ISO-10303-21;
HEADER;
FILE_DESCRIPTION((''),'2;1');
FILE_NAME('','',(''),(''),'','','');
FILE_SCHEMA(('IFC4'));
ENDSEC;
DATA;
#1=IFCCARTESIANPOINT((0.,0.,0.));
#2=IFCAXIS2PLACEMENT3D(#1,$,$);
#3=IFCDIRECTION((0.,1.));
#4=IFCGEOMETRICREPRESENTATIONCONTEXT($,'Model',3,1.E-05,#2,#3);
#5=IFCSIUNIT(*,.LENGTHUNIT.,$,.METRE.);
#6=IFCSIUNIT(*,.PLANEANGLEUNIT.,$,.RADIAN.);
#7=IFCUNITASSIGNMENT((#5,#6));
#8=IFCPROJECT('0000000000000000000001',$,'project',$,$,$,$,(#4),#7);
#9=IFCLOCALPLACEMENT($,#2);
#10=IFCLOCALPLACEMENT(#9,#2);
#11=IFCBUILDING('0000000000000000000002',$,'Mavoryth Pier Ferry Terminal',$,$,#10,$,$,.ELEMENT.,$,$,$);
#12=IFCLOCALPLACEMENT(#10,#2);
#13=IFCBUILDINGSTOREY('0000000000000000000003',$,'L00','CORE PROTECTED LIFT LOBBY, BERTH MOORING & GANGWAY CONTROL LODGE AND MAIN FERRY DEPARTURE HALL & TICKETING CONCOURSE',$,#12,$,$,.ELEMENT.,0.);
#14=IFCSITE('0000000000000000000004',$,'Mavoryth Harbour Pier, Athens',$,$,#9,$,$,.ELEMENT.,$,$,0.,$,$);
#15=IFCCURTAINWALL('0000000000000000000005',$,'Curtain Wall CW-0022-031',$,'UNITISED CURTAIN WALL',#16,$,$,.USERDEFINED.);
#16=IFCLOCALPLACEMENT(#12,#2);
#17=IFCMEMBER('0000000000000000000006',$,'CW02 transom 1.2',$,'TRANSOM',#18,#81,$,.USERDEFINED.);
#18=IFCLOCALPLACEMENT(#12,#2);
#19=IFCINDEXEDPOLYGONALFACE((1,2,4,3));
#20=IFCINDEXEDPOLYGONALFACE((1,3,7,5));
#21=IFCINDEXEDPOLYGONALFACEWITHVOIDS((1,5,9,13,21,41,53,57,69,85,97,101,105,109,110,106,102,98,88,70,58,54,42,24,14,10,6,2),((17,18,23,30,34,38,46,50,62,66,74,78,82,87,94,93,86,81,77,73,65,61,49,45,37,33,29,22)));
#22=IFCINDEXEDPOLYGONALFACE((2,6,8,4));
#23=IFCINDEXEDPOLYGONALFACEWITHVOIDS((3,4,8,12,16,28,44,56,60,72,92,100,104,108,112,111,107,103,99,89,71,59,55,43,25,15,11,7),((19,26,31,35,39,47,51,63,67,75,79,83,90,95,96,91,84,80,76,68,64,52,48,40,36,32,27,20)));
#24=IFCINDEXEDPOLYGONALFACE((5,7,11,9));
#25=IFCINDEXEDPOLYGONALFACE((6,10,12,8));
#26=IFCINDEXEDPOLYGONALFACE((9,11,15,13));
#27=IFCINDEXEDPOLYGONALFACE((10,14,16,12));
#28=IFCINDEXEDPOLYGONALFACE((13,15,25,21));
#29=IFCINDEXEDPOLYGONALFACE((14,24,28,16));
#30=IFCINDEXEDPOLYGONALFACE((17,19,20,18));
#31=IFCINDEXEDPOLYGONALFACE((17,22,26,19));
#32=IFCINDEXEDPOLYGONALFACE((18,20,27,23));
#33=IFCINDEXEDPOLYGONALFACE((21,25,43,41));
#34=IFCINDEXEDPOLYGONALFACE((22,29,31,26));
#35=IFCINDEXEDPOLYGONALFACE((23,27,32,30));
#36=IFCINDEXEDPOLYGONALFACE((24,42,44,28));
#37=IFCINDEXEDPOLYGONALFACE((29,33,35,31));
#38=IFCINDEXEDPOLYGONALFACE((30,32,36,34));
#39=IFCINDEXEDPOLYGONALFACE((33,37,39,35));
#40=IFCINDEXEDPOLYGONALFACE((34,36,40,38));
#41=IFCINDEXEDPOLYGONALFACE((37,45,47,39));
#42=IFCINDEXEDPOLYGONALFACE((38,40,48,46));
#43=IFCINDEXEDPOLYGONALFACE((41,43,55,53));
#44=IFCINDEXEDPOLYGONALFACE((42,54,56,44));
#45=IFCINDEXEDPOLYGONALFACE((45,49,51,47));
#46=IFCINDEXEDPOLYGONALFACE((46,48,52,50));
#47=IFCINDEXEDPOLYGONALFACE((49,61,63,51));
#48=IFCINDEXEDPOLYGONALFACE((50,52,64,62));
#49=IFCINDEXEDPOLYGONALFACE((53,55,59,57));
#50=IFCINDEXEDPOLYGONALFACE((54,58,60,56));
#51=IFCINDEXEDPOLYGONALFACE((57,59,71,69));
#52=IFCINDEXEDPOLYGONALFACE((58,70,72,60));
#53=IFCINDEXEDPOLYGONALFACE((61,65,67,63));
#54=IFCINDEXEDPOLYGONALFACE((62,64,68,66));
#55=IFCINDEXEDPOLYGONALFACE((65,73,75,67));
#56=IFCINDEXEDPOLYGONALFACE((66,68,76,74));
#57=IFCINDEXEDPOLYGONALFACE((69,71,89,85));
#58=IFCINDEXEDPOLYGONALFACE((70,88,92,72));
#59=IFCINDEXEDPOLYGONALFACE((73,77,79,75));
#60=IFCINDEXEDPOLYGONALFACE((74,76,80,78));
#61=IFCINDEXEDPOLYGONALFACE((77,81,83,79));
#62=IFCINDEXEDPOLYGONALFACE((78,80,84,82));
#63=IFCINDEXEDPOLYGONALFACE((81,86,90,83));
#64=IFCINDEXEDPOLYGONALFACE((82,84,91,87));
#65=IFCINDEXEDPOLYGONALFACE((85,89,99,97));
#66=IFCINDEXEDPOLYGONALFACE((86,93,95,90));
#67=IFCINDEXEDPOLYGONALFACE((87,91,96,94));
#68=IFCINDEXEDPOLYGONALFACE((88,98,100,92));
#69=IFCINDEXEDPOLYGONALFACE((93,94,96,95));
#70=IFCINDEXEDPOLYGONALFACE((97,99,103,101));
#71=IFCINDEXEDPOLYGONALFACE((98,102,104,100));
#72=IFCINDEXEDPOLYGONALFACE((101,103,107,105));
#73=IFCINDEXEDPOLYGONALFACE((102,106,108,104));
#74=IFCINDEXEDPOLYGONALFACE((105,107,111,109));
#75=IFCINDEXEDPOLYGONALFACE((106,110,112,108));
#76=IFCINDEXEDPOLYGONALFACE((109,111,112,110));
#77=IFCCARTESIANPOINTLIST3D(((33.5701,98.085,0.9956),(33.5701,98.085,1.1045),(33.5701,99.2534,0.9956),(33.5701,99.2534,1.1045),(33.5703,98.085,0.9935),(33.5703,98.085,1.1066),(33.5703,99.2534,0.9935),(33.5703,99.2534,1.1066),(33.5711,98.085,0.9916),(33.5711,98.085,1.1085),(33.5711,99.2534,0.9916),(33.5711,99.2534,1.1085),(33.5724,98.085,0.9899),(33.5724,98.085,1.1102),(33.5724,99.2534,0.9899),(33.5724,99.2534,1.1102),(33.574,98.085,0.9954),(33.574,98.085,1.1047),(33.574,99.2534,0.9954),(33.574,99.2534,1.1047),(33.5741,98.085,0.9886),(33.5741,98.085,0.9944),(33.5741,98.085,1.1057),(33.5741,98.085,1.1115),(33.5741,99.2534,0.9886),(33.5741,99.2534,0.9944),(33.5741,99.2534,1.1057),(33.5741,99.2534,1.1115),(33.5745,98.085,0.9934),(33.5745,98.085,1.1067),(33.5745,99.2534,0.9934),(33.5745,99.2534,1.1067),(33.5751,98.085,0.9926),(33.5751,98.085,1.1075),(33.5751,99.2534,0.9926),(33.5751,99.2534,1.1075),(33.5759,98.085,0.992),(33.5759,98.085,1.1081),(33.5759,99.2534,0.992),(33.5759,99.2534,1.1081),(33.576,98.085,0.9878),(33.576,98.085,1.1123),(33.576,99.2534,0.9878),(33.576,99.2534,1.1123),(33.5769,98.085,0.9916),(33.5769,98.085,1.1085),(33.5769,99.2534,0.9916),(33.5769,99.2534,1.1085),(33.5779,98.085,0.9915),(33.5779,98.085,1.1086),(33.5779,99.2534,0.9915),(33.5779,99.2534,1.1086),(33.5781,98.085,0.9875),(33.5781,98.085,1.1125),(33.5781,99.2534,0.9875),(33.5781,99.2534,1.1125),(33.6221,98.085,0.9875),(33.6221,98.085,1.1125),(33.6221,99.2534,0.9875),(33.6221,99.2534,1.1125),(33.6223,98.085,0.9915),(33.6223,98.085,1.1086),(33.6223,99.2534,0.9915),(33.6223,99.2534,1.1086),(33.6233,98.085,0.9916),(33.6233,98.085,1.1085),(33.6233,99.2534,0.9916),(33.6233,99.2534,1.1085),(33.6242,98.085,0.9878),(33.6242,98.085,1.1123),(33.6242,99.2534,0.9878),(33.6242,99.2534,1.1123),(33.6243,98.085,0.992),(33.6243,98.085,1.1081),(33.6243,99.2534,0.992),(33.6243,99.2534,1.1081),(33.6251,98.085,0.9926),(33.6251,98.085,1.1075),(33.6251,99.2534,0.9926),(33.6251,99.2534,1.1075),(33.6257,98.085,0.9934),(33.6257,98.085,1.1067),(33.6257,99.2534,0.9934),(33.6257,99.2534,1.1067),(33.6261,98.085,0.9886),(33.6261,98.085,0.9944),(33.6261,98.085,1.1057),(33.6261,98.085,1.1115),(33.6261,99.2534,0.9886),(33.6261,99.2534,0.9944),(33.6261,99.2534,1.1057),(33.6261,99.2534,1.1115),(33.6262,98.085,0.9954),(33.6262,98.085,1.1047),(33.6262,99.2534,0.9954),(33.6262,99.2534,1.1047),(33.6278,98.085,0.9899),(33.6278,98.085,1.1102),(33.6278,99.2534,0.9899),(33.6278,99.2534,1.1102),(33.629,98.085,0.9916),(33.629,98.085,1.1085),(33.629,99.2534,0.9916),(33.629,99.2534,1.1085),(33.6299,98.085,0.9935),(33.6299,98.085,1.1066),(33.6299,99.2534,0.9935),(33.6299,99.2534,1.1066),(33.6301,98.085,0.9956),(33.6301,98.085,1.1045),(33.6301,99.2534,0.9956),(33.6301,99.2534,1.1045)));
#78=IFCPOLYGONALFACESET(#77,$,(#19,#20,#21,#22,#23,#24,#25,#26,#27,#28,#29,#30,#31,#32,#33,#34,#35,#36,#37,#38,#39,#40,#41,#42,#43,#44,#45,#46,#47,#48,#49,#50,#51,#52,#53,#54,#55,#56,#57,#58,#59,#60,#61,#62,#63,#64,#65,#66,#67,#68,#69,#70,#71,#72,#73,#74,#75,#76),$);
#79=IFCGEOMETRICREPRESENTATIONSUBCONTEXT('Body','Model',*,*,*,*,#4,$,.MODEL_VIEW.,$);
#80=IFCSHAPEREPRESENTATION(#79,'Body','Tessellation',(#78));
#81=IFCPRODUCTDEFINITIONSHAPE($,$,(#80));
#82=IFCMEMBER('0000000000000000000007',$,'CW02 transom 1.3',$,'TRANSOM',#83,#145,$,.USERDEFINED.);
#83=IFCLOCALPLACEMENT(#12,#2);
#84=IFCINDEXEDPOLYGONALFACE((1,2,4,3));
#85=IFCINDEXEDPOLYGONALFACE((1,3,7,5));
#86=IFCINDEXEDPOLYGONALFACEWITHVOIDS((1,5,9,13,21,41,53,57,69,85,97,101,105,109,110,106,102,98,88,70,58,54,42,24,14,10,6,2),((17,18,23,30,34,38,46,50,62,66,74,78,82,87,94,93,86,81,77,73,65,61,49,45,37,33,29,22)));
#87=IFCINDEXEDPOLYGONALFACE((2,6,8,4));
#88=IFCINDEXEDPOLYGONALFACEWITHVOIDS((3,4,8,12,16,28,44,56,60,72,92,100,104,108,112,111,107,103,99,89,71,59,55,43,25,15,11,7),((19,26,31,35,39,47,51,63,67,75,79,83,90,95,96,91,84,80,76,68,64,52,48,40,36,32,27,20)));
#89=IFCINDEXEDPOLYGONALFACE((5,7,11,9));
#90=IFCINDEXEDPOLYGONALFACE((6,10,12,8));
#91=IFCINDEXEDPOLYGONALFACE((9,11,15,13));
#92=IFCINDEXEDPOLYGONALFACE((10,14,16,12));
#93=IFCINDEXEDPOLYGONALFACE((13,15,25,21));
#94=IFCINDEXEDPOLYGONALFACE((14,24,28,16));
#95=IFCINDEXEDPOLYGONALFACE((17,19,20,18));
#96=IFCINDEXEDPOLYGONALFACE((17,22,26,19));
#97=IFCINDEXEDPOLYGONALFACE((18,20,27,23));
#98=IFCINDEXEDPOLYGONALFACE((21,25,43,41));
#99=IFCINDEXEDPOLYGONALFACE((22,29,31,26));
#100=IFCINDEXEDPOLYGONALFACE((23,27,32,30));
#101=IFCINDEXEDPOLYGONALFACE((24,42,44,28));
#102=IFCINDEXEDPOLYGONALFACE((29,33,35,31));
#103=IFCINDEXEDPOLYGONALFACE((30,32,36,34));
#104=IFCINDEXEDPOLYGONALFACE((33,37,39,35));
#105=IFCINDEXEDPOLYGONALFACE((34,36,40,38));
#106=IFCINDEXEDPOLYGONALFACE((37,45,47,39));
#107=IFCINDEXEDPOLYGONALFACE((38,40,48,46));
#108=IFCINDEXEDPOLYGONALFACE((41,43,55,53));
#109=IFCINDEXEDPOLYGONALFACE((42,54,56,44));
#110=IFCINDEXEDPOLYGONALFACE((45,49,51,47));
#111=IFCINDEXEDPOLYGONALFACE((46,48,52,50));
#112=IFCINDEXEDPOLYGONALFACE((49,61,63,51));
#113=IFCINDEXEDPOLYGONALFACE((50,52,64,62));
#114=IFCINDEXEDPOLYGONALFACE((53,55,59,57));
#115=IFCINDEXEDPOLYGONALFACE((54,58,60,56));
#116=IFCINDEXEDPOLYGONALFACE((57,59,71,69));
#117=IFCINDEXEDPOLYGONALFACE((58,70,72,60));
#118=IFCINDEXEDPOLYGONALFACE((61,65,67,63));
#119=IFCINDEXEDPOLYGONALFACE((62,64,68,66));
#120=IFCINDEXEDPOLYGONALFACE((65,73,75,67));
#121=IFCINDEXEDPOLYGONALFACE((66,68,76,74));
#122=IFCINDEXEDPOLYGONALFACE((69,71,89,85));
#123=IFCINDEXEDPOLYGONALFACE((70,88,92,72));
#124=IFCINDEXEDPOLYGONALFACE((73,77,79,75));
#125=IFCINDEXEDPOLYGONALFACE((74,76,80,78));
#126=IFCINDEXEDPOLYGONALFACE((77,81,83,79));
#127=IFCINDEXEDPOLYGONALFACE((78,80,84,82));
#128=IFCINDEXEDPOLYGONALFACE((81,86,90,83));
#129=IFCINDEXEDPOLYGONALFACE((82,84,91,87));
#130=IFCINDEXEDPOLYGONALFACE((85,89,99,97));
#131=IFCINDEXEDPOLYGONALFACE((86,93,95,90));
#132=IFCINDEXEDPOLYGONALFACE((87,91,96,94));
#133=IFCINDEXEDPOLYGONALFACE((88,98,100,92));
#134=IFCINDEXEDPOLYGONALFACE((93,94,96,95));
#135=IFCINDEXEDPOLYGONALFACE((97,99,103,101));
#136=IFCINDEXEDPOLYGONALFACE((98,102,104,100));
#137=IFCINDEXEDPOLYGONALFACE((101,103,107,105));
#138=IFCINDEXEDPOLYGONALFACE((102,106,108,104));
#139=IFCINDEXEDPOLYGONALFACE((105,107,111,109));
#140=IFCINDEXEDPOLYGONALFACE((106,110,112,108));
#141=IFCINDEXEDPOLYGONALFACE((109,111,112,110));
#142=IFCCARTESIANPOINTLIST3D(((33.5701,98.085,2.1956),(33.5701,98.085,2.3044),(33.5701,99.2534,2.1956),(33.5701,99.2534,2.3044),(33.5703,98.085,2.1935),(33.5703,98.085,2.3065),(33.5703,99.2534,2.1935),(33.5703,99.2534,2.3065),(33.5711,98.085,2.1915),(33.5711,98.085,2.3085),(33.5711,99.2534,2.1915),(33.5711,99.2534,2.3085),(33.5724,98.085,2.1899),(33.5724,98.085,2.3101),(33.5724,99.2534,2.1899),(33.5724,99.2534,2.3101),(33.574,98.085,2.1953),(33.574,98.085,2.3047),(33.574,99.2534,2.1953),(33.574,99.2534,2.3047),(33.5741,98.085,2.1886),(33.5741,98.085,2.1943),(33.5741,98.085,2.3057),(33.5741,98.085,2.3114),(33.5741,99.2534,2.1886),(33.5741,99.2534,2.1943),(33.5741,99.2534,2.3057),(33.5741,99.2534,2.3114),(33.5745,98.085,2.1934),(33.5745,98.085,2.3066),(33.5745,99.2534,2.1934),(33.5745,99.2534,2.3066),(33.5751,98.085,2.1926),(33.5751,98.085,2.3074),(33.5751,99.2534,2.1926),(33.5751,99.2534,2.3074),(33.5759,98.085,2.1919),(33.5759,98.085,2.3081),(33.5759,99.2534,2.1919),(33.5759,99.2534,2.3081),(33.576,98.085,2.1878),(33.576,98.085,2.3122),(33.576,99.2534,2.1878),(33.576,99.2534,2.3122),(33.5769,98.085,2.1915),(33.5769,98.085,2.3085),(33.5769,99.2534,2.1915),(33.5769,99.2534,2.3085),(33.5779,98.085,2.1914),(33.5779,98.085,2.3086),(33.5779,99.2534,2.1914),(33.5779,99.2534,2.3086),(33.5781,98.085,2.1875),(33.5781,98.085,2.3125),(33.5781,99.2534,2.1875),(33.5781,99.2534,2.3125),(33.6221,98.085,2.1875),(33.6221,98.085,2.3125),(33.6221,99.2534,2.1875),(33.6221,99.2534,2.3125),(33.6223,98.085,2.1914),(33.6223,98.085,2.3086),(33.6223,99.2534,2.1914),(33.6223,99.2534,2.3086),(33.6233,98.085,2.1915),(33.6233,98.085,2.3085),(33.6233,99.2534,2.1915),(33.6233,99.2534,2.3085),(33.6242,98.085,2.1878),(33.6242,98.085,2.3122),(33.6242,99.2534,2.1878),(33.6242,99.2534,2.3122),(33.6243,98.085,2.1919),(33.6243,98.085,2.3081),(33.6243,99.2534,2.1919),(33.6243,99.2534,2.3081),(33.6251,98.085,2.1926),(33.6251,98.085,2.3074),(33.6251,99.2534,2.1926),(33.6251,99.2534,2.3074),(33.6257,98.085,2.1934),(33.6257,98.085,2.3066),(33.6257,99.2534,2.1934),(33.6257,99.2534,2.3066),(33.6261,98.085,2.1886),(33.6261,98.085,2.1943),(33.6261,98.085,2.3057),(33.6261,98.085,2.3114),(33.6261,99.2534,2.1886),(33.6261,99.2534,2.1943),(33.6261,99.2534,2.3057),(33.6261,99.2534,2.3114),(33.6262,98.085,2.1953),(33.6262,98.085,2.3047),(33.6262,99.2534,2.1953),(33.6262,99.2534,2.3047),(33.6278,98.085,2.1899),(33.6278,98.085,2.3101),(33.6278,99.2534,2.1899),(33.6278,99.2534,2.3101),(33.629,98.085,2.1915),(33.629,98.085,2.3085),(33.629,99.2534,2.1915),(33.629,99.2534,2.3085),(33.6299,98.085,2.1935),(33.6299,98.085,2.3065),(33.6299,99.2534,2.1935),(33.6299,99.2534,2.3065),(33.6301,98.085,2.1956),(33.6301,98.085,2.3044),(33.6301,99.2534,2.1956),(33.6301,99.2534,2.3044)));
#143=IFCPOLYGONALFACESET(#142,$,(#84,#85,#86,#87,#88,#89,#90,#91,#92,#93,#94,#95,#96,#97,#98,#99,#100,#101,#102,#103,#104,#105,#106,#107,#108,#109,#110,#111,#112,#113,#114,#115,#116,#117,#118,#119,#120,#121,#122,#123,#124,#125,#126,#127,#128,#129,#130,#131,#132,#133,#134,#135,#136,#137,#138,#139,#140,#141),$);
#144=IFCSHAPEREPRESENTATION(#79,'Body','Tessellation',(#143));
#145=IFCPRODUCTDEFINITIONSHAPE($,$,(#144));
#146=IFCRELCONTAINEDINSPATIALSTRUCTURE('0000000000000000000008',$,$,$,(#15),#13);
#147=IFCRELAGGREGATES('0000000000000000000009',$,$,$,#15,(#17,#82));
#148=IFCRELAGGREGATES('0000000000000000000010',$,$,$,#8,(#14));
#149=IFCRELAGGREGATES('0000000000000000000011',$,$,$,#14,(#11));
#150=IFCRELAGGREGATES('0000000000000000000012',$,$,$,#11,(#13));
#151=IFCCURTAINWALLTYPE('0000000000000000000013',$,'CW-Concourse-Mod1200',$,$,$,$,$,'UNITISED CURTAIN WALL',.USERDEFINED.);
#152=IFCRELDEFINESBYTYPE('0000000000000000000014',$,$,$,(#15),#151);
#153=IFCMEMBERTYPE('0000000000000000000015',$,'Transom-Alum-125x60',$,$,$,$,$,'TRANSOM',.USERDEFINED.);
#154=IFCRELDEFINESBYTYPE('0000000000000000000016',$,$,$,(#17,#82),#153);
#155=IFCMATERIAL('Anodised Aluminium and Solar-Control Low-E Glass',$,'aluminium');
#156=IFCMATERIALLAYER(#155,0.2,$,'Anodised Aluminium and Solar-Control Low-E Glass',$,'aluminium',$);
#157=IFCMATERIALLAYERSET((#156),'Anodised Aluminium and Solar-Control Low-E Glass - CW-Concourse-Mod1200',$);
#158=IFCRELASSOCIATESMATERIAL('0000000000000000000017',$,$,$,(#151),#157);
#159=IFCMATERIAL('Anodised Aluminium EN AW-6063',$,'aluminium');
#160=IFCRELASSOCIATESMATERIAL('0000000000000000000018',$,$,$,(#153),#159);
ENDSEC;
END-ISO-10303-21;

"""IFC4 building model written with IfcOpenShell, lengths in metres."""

from ifc_helpers import new_model, si_unit, direction, frame, origin, origin_2d, place, context, subcontext, project, spatial, hollow_rectangle, extrude, material, layer, layer_set, material_profile, profile_set, type_object, element, aggregate, save


model = new_model("IFC4")

# Units and contexts
model_context = context("Model", 3, precision=1e-05, world=origin(), true_north=direction((0.0, 1.0)))
body_context = subcontext(model_context, "Body", "Model", "MODEL_VIEW")
ifc_project = project(units=[si_unit("LENGTHUNIT", "METRE"), si_unit("PLANEANGLEUNIT", "RADIAN")], contexts=[model_context])

# Site, building, storey
site_placement = place(None, origin())
site = spatial("IfcSite", under=ifc_project, at=site_placement, Name="Mavoryth Harbour Pier, Athens", CompositionType="ELEMENT", RefElevation=0.0)
building_placement = place(site_placement, origin())
building = spatial("IfcBuilding", under=site, at=building_placement, Name="Mavoryth Pier Ferry Terminal", CompositionType="ELEMENT")
storey_placement = place(building_placement, origin())
storey = spatial("IfcBuildingStorey", under=building, at=storey_placement, Name="L00", Description="CORE PROTECTED LIFT LOBBY, BERTH MOORING & GANGWAY CONTROL LODGE AND MAIN FERRY DEPARTURE HALL & TICKETING CONCOURSE", CompositionType="ELEMENT", Elevation=0.0)

# Curtain wall, members
ifc_material_1 = material(Name="Anodised Aluminium and Solar-Control Low-E Glass", Category="aluminium")
ifc_layer_1 = layer(ifc_material_1, 0.2, Name="Anodised Aluminium and Solar-Control Low-E Glass", Category="aluminium")
ifc_layer_set_1 = layer_set([ifc_layer_1], Name="Anodised Aluminium and Solar-Control Low-E Glass - CW-Concourse-Mod1200")
curtain_wall_type = type_object("IfcCurtainWallType", Name="CW-Concourse-Mod1200", ElementType="UNITISED CURTAIN WALL", PredefinedType="USERDEFINED", material=ifc_layer_set_1)
curtain_wall_placement = place(storey_placement, origin())
curtain_wall = element("IfcCurtainWall", 1, at=curtain_wall_placement, inside=storey, type_object=curtain_wall_type, Name="Curtain Wall CW-0022-031", ObjectType="UNITISED CURTAIN WALL", PredefinedType="USERDEFINED")
ifc_material_2 = material(Name="Anodised Aluminium EN AW-6063", Category="aluminium")
ifc_material_profile_1 = material_profile(ifc_material_2, hollow_rectangle(XDim=0.0601, YDim=0.125, WallThickness=0.0039, InnerFilletRadius=0.0039, OuterFilletRadius=0.0081, at=origin_2d()), Name="AL-TRAN 125x60x4", Category="aluminium")
ifc_profile_set_1 = profile_set([ifc_material_profile_1], Name="Anodised Aluminium EN AW-6063 - AL-TRAN 125x60x4")
member_type_1 = type_object("IfcMemberType", Name="Transom-Alum-125x60", ElementType="TRANSOM", PredefinedType="USERDEFINED", material=ifc_profile_set_1)
member_1_placement = place(storey_placement, frame((33.6001, 98.085, 1.05), z_axis=(0.0, 1.0, 0.0), x_axis=(-1.0, 0.0, 0.0)))
member_1 = element("IfcMember", 2, at=member_1_placement, type_object=member_type_1, Name="CW02 transom 1.2", ObjectType="TRANSOM", PredefinedType="USERDEFINED", context=body_context, shape_type="SweptSolid", body=[
    extrude(hollow_rectangle(XDim=0.0601, YDim=0.125, WallThickness=0.0039, InnerFilletRadius=0.0039, OuterFilletRadius=0.0081, at=origin_2d()), origin(), (0.0, 0.0, 1.0), 1.1685),
])
member_2_placement = place(storey_placement, frame((33.6001, 98.085, 2.25), z_axis=(0.0, 1.0, 0.0), x_axis=(-1.0, 0.0, 0.0)))
member_2 = element("IfcMember", 3, at=member_2_placement, type_object=member_type_1, Name="CW02 transom 1.3", ObjectType="TRANSOM", PredefinedType="USERDEFINED", context=body_context, shape_type="SweptSolid", body=[
    extrude(hollow_rectangle(XDim=0.0601, YDim=0.125, WallThickness=0.0039, InnerFilletRadius=0.0039, OuterFilletRadius=0.0081, at=origin_2d()), origin(), (0.0, 0.0, 1.0), 1.1685),
])
aggregate(curtain_wall, [member_1, member_2])

save(model, "model.ifc")
